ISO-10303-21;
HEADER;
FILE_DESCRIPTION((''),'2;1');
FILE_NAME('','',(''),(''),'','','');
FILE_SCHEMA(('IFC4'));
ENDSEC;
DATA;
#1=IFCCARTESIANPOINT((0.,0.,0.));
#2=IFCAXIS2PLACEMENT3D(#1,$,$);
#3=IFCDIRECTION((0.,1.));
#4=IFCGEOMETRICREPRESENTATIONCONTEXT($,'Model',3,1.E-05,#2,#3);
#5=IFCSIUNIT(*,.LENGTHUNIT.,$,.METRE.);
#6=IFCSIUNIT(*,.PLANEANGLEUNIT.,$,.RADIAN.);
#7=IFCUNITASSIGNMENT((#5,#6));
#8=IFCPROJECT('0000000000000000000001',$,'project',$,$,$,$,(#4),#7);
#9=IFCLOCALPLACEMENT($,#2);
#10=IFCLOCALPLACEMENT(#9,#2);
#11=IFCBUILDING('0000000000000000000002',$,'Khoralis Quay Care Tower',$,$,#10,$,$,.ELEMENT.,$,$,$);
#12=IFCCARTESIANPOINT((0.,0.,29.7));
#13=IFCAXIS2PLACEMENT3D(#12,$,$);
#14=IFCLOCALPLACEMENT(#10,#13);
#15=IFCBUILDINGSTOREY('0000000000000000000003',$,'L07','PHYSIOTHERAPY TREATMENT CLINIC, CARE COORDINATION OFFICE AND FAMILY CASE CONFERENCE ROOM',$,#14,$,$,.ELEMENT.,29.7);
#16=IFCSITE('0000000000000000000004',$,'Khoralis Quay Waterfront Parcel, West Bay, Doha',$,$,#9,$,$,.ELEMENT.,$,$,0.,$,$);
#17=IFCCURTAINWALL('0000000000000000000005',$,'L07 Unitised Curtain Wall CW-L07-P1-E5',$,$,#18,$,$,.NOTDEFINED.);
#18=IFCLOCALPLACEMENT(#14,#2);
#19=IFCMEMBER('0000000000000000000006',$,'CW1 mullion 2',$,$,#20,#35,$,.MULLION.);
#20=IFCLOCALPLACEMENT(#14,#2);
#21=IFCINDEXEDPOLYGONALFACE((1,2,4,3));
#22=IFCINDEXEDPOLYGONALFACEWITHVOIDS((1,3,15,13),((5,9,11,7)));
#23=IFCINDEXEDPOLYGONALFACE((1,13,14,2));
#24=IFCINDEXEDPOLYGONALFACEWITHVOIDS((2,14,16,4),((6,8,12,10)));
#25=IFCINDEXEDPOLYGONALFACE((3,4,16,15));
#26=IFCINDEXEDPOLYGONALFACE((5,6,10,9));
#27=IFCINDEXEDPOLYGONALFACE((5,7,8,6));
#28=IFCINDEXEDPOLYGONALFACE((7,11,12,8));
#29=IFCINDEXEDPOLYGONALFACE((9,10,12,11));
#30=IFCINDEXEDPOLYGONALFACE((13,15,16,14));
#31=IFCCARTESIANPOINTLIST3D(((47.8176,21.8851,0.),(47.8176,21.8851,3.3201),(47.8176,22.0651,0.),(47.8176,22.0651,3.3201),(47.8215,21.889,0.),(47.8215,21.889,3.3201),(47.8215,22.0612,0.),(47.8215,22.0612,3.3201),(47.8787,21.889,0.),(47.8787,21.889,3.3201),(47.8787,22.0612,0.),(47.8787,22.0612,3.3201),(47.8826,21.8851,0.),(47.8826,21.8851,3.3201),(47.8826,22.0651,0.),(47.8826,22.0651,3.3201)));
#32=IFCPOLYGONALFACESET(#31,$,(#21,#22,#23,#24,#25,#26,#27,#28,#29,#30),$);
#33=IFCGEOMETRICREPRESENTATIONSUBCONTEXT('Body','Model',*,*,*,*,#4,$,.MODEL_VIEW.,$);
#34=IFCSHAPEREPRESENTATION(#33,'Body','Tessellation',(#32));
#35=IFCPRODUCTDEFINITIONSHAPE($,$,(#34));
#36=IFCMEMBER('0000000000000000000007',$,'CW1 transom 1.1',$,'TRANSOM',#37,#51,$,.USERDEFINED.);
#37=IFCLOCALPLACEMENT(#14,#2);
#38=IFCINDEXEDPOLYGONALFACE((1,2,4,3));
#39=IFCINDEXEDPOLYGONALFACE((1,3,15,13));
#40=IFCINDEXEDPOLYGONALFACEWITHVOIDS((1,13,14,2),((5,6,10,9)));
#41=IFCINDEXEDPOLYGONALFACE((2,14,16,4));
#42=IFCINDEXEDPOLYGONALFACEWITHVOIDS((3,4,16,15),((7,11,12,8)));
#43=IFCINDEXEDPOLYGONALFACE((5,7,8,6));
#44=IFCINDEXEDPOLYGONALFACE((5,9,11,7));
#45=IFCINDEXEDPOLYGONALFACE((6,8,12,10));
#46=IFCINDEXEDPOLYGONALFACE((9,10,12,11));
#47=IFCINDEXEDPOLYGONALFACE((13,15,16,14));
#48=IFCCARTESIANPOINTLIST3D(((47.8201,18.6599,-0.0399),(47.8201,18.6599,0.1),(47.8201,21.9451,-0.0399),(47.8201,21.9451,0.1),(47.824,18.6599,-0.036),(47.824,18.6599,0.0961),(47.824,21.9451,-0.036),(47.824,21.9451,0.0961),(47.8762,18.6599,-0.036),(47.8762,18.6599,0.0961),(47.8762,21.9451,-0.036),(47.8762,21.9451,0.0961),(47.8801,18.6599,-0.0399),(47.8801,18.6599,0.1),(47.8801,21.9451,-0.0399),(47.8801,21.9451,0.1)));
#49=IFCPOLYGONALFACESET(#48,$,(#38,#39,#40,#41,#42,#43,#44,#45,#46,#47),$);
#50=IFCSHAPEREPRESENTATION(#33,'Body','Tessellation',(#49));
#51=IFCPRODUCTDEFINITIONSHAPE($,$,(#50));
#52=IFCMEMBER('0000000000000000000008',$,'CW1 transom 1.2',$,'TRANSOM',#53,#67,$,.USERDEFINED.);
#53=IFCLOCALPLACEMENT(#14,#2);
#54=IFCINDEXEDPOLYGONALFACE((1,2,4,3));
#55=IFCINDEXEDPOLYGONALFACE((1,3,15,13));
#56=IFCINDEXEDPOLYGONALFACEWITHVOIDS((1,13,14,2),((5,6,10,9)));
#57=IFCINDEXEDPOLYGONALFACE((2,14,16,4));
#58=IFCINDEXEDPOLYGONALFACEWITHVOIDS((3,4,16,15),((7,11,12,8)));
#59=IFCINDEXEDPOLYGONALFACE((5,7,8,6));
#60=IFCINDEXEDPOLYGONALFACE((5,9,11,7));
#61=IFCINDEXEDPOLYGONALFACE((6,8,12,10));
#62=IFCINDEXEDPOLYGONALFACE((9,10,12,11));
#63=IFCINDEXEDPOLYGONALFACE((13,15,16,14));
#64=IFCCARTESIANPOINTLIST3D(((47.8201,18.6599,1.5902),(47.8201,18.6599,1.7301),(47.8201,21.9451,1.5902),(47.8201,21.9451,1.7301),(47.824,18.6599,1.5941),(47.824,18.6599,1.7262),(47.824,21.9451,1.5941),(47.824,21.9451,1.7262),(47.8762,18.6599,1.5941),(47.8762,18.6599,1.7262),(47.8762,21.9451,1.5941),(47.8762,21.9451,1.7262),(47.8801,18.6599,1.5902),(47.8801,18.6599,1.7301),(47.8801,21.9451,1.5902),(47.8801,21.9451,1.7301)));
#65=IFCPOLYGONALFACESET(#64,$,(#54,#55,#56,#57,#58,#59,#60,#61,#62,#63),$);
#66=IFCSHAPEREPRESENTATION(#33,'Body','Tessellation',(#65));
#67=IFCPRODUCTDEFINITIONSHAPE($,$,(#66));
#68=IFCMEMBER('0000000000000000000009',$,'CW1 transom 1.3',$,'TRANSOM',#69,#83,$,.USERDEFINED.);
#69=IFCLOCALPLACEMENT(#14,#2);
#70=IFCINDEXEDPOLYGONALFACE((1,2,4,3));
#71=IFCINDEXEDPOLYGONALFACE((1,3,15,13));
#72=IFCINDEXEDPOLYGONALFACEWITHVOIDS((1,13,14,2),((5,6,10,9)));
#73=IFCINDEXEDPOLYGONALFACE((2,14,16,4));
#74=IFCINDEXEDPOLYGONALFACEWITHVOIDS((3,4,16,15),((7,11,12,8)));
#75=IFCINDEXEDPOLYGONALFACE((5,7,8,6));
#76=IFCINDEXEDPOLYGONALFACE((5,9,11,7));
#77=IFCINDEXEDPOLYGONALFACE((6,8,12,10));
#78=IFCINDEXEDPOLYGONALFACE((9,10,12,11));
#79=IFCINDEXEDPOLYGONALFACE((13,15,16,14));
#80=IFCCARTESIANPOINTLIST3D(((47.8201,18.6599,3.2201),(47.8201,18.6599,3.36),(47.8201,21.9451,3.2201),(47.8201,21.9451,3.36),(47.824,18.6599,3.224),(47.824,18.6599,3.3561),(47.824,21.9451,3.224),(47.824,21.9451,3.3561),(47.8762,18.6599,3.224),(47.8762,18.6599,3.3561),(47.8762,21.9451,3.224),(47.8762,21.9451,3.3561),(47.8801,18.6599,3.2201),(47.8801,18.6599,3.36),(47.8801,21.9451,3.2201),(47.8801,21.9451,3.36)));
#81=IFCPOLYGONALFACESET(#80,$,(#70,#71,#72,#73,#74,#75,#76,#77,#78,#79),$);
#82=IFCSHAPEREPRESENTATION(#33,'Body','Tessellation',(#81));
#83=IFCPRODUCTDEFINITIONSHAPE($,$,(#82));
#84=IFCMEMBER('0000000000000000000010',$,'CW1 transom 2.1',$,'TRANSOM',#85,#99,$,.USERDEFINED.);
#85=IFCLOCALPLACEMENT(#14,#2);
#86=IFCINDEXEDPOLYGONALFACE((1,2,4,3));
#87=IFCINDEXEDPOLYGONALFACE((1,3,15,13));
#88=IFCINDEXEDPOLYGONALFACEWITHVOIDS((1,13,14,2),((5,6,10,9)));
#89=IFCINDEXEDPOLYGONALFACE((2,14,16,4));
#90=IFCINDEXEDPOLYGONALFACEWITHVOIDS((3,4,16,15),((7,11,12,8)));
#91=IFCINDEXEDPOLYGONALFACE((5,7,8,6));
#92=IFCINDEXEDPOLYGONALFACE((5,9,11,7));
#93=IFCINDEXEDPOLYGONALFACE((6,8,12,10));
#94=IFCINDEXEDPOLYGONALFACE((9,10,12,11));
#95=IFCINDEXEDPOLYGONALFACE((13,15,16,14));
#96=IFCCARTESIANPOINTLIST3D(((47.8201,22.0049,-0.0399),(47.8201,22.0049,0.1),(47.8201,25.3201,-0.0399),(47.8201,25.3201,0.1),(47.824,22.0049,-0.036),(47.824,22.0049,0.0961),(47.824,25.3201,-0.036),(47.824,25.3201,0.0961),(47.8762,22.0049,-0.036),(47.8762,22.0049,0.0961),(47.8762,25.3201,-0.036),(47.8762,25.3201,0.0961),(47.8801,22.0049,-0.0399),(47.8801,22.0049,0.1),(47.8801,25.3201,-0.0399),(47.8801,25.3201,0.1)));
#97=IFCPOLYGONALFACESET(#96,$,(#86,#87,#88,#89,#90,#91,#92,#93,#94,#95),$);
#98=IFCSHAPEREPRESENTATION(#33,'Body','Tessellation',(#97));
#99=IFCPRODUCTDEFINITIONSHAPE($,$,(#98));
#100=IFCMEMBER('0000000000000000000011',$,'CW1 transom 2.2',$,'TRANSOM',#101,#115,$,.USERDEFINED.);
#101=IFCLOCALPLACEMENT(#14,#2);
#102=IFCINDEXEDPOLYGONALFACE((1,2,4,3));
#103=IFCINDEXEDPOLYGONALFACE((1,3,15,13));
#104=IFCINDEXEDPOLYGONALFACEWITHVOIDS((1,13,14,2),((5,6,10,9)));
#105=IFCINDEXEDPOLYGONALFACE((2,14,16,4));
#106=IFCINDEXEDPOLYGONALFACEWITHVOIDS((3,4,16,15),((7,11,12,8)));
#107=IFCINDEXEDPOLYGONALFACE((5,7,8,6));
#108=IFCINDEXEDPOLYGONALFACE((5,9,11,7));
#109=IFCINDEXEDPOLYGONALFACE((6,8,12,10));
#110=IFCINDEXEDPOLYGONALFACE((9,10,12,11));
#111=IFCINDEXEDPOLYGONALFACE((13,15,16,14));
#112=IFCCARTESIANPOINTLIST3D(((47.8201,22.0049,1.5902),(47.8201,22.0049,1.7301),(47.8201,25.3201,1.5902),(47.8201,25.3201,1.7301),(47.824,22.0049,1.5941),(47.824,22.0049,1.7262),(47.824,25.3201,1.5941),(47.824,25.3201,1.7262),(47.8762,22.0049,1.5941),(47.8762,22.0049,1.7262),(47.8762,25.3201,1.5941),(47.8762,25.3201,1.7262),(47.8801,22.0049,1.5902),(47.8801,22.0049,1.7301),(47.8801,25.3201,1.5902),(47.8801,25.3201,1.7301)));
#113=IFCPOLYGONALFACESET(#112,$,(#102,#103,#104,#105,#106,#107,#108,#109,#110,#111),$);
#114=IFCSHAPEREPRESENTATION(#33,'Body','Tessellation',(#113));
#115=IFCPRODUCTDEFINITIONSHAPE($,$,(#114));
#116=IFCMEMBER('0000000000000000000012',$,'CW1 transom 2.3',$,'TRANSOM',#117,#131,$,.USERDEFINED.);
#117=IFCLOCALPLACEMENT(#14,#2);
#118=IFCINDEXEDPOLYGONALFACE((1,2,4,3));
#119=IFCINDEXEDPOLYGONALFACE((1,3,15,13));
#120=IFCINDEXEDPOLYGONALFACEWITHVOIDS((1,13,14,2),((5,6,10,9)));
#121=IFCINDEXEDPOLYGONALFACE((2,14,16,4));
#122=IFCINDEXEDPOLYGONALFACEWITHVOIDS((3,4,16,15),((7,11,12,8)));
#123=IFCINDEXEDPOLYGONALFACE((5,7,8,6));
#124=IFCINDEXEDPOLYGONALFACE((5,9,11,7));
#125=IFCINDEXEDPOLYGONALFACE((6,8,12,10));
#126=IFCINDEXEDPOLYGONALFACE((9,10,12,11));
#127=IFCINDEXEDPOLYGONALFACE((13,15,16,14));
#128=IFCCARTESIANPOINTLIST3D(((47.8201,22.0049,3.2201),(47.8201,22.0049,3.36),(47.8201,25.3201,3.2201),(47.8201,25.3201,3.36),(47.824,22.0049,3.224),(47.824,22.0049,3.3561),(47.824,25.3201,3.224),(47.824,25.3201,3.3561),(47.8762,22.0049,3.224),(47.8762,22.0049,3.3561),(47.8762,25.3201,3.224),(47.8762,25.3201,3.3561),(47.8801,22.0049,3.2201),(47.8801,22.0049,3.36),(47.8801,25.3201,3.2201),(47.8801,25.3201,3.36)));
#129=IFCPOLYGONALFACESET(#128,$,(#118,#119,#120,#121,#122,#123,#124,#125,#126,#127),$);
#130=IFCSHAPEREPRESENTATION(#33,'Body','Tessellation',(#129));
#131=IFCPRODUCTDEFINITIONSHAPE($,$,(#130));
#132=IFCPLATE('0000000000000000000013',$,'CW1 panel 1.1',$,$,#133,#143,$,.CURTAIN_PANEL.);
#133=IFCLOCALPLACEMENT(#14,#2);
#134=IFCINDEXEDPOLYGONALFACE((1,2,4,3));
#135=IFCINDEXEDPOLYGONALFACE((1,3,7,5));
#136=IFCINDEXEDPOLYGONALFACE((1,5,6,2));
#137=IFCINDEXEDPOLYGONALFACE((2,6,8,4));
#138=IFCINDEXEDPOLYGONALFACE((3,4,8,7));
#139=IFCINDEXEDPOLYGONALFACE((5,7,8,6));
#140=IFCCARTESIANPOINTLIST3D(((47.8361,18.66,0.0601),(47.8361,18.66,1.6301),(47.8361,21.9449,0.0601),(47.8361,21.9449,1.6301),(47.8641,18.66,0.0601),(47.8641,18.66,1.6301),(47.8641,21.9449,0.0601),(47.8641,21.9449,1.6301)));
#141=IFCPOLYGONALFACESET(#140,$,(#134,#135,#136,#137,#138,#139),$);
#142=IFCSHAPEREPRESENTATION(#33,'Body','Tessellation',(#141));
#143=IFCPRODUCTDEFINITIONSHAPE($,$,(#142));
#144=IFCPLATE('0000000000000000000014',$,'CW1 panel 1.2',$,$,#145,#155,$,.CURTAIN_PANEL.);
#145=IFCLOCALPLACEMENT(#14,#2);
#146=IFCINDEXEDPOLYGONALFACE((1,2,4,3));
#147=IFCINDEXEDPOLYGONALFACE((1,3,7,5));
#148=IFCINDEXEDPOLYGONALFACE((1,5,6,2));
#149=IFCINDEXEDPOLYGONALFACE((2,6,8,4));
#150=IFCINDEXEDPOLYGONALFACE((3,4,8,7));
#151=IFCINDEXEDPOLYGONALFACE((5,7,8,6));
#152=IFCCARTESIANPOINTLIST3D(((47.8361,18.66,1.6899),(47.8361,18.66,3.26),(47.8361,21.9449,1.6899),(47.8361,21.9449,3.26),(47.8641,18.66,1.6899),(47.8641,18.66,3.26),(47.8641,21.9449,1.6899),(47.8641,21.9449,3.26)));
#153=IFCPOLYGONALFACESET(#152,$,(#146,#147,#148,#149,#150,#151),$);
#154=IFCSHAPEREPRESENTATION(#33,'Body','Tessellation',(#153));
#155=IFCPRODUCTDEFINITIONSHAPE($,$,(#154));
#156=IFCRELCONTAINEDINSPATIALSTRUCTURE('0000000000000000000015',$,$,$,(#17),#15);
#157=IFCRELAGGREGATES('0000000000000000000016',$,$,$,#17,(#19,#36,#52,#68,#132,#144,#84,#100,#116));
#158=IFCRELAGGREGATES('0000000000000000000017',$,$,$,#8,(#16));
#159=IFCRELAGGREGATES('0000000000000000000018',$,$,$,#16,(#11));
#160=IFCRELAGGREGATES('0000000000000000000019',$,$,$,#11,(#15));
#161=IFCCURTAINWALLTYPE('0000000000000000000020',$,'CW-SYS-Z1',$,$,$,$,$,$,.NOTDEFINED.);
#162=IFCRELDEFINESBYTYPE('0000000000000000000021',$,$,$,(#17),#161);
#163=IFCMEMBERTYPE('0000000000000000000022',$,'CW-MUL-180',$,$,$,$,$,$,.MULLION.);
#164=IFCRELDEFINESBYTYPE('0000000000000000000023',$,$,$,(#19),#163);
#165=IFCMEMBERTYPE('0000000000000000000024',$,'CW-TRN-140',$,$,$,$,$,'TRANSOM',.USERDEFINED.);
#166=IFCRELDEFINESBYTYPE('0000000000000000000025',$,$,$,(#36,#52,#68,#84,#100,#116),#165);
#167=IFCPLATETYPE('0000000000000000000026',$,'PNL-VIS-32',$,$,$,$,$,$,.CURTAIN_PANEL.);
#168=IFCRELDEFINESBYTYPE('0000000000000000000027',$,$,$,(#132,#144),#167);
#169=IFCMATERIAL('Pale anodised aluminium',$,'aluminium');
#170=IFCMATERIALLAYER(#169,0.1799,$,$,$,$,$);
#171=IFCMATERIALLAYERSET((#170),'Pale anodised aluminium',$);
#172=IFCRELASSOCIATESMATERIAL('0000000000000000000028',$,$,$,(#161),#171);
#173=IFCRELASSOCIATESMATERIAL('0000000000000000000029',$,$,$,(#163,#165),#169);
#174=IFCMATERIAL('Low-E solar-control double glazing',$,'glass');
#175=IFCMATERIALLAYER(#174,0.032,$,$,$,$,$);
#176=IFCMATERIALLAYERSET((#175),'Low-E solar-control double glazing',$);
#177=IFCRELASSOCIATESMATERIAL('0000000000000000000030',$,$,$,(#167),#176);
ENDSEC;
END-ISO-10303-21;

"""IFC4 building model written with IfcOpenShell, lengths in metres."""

from ifc_helpers import new_model, si_unit, direction, frame, origin, origin_2d, place, context, subcontext, project, spatial, rectangle, hollow_rectangle, extrude, source, transform, mapped, material, layer, layer_set, material_profile, profile_set, type_object, element, aggregate, save


model = new_model("IFC4")

# Units and contexts
model_context = context("Model", 3, precision=1e-05, world=origin(), true_north=direction((0.0, 1.0)))
body_context = subcontext(model_context, "Body", "Model", "MODEL_VIEW")
ifc_project = project(units=[si_unit("LENGTHUNIT", "METRE"), si_unit("PLANEANGLEUNIT", "RADIAN")], contexts=[model_context])

# Site, building, storey
site_placement = place(None, origin())
site = spatial("IfcSite", under=ifc_project, at=site_placement, Name="Khoralis Quay Waterfront Parcel, West Bay, Doha", CompositionType="ELEMENT", RefElevation=0.0)
building_placement = place(site_placement, origin())
building = spatial("IfcBuilding", under=site, at=building_placement, Name="Khoralis Quay Care Tower", CompositionType="ELEMENT")
storey_placement = place(building_placement, frame((0.0, 0.0, 29.7)))
storey = spatial("IfcBuildingStorey", under=building, at=storey_placement, Name="L07", Description="PHYSIOTHERAPY TREATMENT CLINIC, CARE COORDINATION OFFICE AND FAMILY CASE CONFERENCE ROOM", CompositionType="ELEMENT", Elevation=29.7)

# Curtain wall, members, plates
ifc_material_1 = material(Name="Pale anodised aluminium", Category="aluminium")
ifc_layer_1 = layer(ifc_material_1, 0.1799)
ifc_layer_set_1 = layer_set([ifc_layer_1], Name="Pale anodised aluminium")
curtain_wall_type = type_object("IfcCurtainWallType", Name="CW-SYS-Z1", PredefinedType="NOTDEFINED", material=ifc_layer_set_1)
curtain_wall_placement = place(storey_placement, origin())
curtain_wall = element("IfcCurtainWall", 1, at=curtain_wall_placement, inside=storey, type_object=curtain_wall_type, Name="L07 Unitised Curtain Wall CW-L07-P1-E5", PredefinedType="NOTDEFINED")
ifc_material_profile_1 = material_profile(ifc_material_1, hollow_rectangle(XDim=0.0649, YDim=0.1799, WallThickness=0.0039, at=origin_2d()), Name="Pale anodised aluminium")
ifc_profile_set_1 = profile_set([ifc_material_profile_1], Name="Pale anodised aluminium")
member_type_1 = type_object("IfcMemberType", Name="CW-MUL-180", PredefinedType="MULLION", material=ifc_profile_set_1)
shared_shape_1 = source(origin(), body_context, "Body", "SweptSolid", [
    extrude(hollow_rectangle(XDim=0.0649, YDim=0.1799, WallThickness=0.0039, at=origin_2d()), origin(), (0.0, 0.0, 1.0), 3.3201),
])
member_1_placement = place(storey_placement, frame((47.8501, 21.9751, 0.0), z_axis=(0.0, 0.0, 1.0), x_axis=(-1.0, 0.0, 0.0)))
member_1 = element("IfcMember", 2, at=member_1_placement, type_object=member_type_1, Name="CW1 mullion 2", PredefinedType="MULLION", context=body_context, shape_type="MappedRepresentation", body=[
    mapped(shared_shape_1, transform((0.0, 0.0, 0.0), scale=1.0)),
])
ifc_material_profile_2 = material_profile(ifc_material_1, hollow_rectangle(XDim=0.0601, YDim=0.1399, WallThickness=0.0039, at=origin_2d()), Name="Pale anodised aluminium")
ifc_profile_set_2 = profile_set([ifc_material_profile_2], Name="Pale anodised aluminium")
member_type_2 = type_object("IfcMemberType", Name="CW-TRN-140", ElementType="TRANSOM", PredefinedType="USERDEFINED", material=ifc_profile_set_2)
shared_shape_2 = source(origin(), body_context, "Body", "SweptSolid", [
    extrude(hollow_rectangle(XDim=0.0601, YDim=0.1399, WallThickness=0.0039, at=origin_2d()), origin(), (0.0, 0.0, 1.0), 3.2852),
])
member_2_placement = place(storey_placement, frame((47.8501, 18.6599, 0.03), z_axis=(0.0, 1.0, 0.0), x_axis=(-1.0, 0.0, 0.0)))
member_2 = element("IfcMember", 3, at=member_2_placement, type_object=member_type_2, Name="CW1 transom 1.1", ObjectType="TRANSOM", PredefinedType="USERDEFINED", context=body_context, shape_type="MappedRepresentation", body=[
    mapped(shared_shape_2, transform((0.0, 0.0, 0.0), scale=1.0)),
])
member_3_placement = place(storey_placement, frame((47.8501, 18.6599, 1.6602), z_axis=(0.0, 1.0, 0.0), x_axis=(-1.0, 0.0, 0.0)))
member_3 = element("IfcMember", 4, at=member_3_placement, type_object=member_type_2, Name="CW1 transom 1.2", ObjectType="TRANSOM", PredefinedType="USERDEFINED", context=body_context, shape_type="MappedRepresentation", body=[
    mapped(shared_shape_2, transform((0.0, 0.0, 0.0), scale=1.0)),
])
member_4_placement = place(storey_placement, frame((47.8501, 18.6599, 3.29), z_axis=(0.0, 1.0, 0.0), x_axis=(-1.0, 0.0, 0.0)))
member_4 = element("IfcMember", 5, at=member_4_placement, type_object=member_type_2, Name="CW1 transom 1.3", ObjectType="TRANSOM", PredefinedType="USERDEFINED", context=body_context, shape_type="MappedRepresentation", body=[
    mapped(shared_shape_2, transform((0.0, 0.0, 0.0), scale=1.0)),
])
shared_shape_3 = source(origin(), body_context, "Body", "SweptSolid", [
    extrude(hollow_rectangle(XDim=0.0601, YDim=0.1399, WallThickness=0.0039, at=origin_2d()), origin(), (0.0, 0.0, 1.0), 3.3152),
])
member_5_placement = place(storey_placement, frame((47.8501, 22.0049, 0.03), z_axis=(0.0, 1.0, 0.0), x_axis=(-1.0, 0.0, 0.0)))
member_5 = element("IfcMember", 6, at=member_5_placement, type_object=member_type_2, Name="CW1 transom 2.1", ObjectType="TRANSOM", PredefinedType="USERDEFINED", context=body_context, shape_type="MappedRepresentation", body=[
    mapped(shared_shape_3, transform((0.0, 0.0, 0.0), scale=1.0)),
])
member_6_placement = place(storey_placement, frame((47.8501, 22.0049, 1.6602), z_axis=(0.0, 1.0, 0.0), x_axis=(-1.0, 0.0, 0.0)))
member_6 = element("IfcMember", 7, at=member_6_placement, type_object=member_type_2, Name="CW1 transom 2.2", ObjectType="TRANSOM", PredefinedType="USERDEFINED", context=body_context, shape_type="MappedRepresentation", body=[
    mapped(shared_shape_3, transform((0.0, 0.0, 0.0), scale=1.0)),
])
member_7_placement = place(storey_placement, frame((47.8501, 22.0049, 3.29), z_axis=(0.0, 1.0, 0.0), x_axis=(-1.0, 0.0, 0.0)))
member_7 = element("IfcMember", 8, at=member_7_placement, type_object=member_type_2, Name="CW1 transom 2.3", ObjectType="TRANSOM", PredefinedType="USERDEFINED", context=body_context, shape_type="MappedRepresentation", body=[
    mapped(shared_shape_3, transform((0.0, 0.0, 0.0), scale=1.0)),
])
ifc_material_2 = material(Name="Low-E solar-control double glazing", Category="glass")
ifc_layer_2 = layer(ifc_material_2, 0.032)
ifc_layer_set_2 = layer_set([ifc_layer_2], Name="Low-E solar-control double glazing")
plate_type = type_object("IfcPlateType", Name="PNL-VIS-32", PredefinedType="CURTAIN_PANEL", material=ifc_layer_set_2)
shared_shape_4 = source(origin(), body_context, "Body", "SweptSolid", [
    extrude(rectangle(XDim=3.2849, YDim=0.0281, at=origin_2d()), origin(), (0.0, 0.0, 1.0), 1.5701),
])
plate_1_placement = place(storey_placement, frame((47.8501, 20.3025, 0.0601), z_axis=(0.0, 0.0, 1.0), x_axis=(0.0, 1.0, 0.0)))
plate_1 = element("IfcPlate", 9, at=plate_1_placement, type_object=plate_type, Name="CW1 panel 1.1", PredefinedType="CURTAIN_PANEL", context=body_context, shape_type="MappedRepresentation", body=[
    mapped(shared_shape_4, transform((0.0, 0.0, 0.0), scale=1.0)),
])
plate_2_placement = place(storey_placement, frame((47.8501, 20.3025, 1.6899), z_axis=(0.0, 0.0, 1.0), x_axis=(0.0, 1.0, 0.0)))
plate_2 = element("IfcPlate", 10, at=plate_2_placement, type_object=plate_type, Name="CW1 panel 1.2", PredefinedType="CURTAIN_PANEL", context=body_context, shape_type="MappedRepresentation", body=[
    mapped(shared_shape_4, transform((0.0, 0.0, 0.0), scale=1.0)),
])
aggregate(curtain_wall, [member_1, member_2, member_3, member_4, plate_1, plate_2, member_5, member_6, member_7])

save(model, "model.ifc")
